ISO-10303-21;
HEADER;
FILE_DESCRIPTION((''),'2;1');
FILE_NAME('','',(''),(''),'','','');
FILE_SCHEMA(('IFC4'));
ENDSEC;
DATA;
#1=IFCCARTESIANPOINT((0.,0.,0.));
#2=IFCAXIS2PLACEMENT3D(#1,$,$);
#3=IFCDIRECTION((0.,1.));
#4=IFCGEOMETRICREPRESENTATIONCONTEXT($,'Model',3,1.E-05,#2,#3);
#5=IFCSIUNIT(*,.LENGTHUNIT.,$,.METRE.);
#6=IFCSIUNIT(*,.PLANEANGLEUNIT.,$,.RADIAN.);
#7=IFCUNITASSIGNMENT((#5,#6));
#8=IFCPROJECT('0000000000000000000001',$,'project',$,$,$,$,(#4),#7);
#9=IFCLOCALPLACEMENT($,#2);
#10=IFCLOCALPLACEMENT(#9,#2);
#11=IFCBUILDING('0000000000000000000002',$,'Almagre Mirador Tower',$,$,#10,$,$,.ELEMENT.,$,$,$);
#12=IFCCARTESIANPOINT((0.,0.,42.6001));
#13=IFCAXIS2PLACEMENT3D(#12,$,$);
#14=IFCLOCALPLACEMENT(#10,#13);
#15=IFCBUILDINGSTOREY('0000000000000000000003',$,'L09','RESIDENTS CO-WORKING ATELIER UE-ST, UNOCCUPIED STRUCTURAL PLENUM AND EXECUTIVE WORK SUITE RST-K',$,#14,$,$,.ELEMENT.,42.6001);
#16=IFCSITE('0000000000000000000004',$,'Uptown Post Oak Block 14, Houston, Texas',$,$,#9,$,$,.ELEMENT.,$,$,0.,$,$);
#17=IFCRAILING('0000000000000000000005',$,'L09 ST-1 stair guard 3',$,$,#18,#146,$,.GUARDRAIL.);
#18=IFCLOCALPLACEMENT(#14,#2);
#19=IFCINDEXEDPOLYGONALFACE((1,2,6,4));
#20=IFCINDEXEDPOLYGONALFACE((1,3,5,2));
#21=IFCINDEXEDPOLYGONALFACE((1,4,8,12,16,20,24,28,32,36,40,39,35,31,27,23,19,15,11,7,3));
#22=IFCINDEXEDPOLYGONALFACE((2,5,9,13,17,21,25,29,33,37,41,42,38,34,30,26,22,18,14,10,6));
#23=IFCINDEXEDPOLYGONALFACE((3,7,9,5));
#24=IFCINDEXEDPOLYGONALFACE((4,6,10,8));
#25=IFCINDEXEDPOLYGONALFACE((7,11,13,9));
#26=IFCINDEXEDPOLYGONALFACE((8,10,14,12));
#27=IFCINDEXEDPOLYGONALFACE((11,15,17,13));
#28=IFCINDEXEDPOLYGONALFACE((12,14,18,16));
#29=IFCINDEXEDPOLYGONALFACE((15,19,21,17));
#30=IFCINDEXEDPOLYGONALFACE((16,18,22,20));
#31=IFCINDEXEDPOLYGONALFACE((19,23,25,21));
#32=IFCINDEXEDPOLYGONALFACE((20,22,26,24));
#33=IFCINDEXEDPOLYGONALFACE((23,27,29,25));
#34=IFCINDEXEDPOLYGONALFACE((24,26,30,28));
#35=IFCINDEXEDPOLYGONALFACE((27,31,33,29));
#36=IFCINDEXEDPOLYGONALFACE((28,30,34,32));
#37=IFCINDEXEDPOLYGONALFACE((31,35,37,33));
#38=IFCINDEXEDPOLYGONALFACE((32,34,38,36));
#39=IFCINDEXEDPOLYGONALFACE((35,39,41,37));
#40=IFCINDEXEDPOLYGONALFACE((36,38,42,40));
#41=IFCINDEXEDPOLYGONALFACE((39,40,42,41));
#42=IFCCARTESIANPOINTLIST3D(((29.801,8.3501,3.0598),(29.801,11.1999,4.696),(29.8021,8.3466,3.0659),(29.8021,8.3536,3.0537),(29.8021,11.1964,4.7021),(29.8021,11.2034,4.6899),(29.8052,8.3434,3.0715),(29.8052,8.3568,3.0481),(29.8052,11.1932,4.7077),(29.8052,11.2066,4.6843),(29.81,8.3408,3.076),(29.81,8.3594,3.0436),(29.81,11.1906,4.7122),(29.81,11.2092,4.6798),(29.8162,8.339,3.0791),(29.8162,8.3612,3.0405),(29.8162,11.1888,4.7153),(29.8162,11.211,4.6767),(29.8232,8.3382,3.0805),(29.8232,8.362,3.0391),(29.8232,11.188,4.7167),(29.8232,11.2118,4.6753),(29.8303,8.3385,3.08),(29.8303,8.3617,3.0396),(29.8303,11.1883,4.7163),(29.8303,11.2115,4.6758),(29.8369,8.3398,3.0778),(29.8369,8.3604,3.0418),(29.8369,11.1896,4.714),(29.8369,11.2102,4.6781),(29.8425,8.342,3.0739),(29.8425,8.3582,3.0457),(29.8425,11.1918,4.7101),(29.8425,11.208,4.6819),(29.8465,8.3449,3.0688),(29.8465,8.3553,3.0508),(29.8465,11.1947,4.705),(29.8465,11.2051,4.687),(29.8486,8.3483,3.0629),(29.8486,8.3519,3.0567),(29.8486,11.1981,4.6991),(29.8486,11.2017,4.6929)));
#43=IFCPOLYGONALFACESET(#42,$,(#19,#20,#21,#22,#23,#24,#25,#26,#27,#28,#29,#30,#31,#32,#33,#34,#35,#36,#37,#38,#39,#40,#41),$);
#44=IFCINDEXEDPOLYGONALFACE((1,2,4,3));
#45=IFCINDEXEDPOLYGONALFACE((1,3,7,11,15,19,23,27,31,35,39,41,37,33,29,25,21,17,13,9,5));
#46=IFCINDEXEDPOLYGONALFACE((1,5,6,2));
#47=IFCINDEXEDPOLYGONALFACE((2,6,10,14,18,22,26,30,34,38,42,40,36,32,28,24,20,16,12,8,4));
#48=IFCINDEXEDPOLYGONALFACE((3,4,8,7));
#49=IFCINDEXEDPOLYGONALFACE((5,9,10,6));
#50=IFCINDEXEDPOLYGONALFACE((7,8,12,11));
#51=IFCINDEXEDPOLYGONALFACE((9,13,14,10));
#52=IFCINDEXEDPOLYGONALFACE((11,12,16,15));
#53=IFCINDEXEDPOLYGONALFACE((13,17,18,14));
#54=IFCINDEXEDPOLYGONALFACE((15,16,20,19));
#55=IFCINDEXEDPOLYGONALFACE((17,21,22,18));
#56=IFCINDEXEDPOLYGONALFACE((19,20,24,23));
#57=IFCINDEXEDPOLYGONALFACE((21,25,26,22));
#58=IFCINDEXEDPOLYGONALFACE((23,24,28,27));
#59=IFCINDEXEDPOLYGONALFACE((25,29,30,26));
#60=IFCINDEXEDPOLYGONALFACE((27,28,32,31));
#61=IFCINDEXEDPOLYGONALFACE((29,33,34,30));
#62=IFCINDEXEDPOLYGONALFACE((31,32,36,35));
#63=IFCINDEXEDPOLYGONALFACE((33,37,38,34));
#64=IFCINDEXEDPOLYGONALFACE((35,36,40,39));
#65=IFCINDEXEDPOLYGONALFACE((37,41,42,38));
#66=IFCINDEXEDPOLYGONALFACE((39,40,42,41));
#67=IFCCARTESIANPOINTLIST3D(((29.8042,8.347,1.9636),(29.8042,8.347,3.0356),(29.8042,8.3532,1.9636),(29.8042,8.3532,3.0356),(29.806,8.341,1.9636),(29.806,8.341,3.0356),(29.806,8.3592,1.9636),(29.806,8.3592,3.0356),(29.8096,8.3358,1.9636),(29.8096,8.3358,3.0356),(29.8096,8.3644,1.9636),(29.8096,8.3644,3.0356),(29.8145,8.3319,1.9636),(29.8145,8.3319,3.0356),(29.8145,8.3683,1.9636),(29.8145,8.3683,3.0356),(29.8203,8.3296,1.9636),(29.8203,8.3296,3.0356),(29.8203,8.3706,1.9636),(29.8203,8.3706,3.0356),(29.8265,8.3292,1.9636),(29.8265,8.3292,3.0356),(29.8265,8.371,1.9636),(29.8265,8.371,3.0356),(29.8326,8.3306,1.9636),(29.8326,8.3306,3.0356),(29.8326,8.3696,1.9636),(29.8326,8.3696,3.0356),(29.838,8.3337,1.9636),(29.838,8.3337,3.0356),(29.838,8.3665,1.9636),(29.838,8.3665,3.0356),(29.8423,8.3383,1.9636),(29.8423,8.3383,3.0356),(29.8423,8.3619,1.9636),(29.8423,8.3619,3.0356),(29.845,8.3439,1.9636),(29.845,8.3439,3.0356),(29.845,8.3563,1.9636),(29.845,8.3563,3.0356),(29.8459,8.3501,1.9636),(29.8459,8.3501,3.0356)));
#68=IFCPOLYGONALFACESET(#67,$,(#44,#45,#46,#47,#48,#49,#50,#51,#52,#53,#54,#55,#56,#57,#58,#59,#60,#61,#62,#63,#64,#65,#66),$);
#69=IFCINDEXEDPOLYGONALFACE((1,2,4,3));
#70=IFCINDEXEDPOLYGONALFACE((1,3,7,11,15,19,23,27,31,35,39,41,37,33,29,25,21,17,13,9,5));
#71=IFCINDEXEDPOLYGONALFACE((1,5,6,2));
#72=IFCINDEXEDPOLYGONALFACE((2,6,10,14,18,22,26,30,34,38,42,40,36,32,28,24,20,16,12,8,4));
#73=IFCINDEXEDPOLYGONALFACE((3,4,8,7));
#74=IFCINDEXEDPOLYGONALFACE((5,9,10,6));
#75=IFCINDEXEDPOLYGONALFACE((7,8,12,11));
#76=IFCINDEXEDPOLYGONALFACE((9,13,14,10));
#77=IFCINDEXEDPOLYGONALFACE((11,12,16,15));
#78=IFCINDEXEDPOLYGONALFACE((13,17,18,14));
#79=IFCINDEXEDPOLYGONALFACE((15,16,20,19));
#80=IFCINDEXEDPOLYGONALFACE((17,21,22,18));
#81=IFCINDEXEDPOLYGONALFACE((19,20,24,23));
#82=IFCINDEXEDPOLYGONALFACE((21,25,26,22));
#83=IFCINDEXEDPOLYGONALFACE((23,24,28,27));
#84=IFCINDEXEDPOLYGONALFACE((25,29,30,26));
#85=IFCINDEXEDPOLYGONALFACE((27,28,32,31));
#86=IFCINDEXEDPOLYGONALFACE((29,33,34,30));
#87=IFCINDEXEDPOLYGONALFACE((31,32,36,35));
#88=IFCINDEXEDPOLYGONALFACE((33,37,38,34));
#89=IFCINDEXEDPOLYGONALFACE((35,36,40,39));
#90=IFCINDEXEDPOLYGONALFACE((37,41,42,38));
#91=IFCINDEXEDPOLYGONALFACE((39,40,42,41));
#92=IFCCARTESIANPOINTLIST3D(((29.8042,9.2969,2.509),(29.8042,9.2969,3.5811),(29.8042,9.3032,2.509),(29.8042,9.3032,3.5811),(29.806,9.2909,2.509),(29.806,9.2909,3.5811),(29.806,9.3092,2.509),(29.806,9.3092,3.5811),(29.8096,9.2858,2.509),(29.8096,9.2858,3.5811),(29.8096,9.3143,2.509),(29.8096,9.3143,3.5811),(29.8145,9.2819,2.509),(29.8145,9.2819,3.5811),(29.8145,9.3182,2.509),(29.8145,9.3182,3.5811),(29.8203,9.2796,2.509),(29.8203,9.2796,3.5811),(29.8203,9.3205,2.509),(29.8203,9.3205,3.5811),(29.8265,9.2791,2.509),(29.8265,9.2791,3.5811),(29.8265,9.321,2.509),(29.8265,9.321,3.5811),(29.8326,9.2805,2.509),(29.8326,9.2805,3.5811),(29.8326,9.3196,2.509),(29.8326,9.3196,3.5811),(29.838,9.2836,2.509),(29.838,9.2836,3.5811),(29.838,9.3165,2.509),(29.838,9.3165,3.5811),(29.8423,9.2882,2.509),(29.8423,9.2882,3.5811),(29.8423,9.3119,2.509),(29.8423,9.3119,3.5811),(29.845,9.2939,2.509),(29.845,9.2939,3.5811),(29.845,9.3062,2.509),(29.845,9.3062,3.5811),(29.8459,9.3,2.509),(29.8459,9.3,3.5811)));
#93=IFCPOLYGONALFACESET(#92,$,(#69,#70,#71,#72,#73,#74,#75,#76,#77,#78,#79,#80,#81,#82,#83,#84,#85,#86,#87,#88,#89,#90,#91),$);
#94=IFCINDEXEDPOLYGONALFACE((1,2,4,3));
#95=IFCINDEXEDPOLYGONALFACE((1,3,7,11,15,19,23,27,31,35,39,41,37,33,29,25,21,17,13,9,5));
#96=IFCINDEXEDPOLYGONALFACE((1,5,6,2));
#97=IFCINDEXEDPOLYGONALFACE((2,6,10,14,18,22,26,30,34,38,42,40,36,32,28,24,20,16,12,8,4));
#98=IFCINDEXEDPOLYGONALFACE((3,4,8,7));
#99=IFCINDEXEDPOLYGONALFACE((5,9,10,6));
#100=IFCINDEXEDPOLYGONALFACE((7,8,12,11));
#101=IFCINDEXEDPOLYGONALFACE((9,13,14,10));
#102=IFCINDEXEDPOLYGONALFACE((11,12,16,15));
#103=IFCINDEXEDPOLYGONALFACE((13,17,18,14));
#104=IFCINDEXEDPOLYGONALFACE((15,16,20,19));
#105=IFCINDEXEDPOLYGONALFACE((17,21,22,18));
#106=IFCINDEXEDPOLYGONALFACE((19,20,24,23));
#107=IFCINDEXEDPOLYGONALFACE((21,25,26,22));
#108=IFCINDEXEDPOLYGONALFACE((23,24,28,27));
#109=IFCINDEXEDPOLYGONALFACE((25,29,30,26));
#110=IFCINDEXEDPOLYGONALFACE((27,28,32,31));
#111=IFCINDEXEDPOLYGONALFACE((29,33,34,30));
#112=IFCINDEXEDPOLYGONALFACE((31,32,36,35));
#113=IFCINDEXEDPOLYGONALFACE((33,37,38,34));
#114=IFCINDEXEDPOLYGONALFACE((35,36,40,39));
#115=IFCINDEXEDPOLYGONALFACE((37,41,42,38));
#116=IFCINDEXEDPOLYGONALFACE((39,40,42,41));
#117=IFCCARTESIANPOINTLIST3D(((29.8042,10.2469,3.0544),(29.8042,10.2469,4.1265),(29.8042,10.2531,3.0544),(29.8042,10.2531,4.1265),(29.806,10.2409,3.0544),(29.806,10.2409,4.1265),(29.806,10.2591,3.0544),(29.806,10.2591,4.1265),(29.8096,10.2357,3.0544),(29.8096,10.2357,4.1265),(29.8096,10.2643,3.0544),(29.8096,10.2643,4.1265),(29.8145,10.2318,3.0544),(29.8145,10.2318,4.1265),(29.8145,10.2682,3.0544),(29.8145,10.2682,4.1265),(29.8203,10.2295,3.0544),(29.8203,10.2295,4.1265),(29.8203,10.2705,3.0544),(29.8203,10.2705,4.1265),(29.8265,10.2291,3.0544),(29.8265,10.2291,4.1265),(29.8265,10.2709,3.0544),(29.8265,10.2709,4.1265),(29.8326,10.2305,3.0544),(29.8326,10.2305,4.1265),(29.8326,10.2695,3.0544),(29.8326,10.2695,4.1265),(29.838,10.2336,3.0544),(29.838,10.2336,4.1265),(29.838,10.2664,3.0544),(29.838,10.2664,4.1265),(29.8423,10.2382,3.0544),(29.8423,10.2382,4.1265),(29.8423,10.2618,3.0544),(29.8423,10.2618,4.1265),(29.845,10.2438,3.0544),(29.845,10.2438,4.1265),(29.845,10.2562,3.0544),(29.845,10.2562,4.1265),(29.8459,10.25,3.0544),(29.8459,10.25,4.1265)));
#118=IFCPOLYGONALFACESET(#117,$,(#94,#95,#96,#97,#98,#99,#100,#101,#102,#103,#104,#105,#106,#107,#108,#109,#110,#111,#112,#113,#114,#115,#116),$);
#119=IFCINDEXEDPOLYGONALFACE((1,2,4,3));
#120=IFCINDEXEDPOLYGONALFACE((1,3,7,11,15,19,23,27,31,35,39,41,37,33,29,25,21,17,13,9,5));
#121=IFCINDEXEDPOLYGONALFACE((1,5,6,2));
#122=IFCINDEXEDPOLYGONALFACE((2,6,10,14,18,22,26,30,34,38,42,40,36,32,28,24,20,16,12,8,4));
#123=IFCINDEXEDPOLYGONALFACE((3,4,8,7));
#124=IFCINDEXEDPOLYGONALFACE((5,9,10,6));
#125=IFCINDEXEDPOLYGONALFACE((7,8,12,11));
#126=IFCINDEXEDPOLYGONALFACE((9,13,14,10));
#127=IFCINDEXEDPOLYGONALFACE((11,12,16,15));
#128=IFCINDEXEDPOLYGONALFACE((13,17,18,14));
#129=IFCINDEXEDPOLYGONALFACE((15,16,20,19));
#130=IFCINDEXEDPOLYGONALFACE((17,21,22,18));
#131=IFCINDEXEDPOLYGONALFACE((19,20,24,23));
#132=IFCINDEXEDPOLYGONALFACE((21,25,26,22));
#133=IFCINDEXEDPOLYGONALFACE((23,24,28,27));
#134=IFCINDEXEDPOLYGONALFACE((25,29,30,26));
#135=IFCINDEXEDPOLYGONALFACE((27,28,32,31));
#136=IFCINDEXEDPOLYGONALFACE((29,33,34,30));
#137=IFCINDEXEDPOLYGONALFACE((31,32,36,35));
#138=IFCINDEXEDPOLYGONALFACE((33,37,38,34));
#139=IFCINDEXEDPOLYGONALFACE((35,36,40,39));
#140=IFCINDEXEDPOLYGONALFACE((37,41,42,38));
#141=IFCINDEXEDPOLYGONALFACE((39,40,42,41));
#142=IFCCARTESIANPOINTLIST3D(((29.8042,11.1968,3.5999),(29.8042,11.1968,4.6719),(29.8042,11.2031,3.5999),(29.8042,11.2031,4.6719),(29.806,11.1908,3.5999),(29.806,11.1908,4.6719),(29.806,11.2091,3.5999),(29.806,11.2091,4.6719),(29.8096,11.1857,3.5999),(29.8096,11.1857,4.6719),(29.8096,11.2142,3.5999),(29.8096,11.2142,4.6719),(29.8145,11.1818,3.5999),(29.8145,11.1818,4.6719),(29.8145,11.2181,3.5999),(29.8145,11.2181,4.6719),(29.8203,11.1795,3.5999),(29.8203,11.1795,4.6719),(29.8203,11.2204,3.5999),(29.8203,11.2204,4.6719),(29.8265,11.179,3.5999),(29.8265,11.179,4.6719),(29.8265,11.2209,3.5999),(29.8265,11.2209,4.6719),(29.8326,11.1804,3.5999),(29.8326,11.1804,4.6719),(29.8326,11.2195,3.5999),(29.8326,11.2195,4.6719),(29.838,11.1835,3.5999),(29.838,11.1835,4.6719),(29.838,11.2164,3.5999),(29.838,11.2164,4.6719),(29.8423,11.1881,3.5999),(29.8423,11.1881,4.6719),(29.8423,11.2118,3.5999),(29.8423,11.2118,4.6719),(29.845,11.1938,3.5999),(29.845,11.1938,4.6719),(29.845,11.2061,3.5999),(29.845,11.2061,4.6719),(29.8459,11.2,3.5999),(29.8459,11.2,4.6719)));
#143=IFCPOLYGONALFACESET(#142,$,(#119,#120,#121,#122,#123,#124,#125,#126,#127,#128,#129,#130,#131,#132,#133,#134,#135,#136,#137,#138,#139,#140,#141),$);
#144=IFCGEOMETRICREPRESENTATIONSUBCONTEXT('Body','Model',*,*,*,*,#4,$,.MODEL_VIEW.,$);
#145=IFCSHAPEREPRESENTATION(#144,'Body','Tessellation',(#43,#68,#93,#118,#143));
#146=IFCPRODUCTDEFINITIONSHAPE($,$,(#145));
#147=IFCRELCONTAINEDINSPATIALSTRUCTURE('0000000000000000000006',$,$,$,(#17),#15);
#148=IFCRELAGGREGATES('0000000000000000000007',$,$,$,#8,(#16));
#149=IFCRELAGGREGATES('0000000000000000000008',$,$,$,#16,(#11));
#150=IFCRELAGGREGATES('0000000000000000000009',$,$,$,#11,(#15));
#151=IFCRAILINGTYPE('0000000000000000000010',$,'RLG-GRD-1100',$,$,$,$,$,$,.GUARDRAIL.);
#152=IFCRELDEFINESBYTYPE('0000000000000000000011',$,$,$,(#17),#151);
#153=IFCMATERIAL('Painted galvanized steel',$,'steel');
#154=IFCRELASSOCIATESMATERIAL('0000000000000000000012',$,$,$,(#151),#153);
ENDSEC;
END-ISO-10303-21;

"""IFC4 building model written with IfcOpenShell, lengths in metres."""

from ifc_helpers import new_model, si_unit, direction, frame, origin, origin_2d, place, context, subcontext, project, spatial, circle, extrude, material, type_object, element, save


model = new_model("IFC4")

# Units and contexts
model_context = context("Model", 3, precision=1e-05, world=origin(), true_north=direction((0.0, 1.0)))
body_context = subcontext(model_context, "Body", "Model", "MODEL_VIEW")
ifc_project = project(units=[si_unit("LENGTHUNIT", "METRE"), si_unit("PLANEANGLEUNIT", "RADIAN")], contexts=[model_context])

# Site, building, storey
site_placement = place(None, origin())
site = spatial("IfcSite", under=ifc_project, at=site_placement, Name="Uptown Post Oak Block 14, Houston, Texas", CompositionType="ELEMENT", RefElevation=0.0)
building_placement = place(site_placement, origin())
building = spatial("IfcBuilding", under=site, at=building_placement, Name="Almagre Mirador Tower", CompositionType="ELEMENT")
storey_placement = place(building_placement, frame((0.0, 0.0, 42.6001)))
storey = spatial("IfcBuildingStorey", under=building, at=storey_placement, Name="L09", Description="RESIDENTS CO-WORKING ATELIER UE-ST, UNOCCUPIED STRUCTURAL PLENUM AND EXECUTIVE WORK SUITE RST-K", CompositionType="ELEMENT", Elevation=42.6001)

# Railing
ifc_material_1 = material(Name="Painted galvanized steel", Category="steel")
railing_type_1 = type_object("IfcRailingType", Name="RLG-GRD-1100", PredefinedType="GUARDRAIL", material=ifc_material_1)
railing_1_placement = place(storey_placement, frame((29.825, 8.3501, 1.9636)))
element("IfcRailing", 1, at=railing_1_placement, inside=storey, type_object=railing_type_1, Name="L09 ST-1 stair guard 3", PredefinedType="GUARDRAIL", context=body_context, shape_type="SweptSolid", body=[
    extrude(circle(Radius=0.0239, at=origin_2d()), frame((0.0, 0.0, 1.0962), z_axis=(0.0, 0.867226, 0.497914), x_axis=(-1.0, 0.0, 0.0)), (0.0, 0.0, 1.0), 3.2861),
    extrude(circle(Radius=0.021, at=origin_2d()), origin(), (0.0, 0.0, 1.0), 1.072),
    extrude(circle(Radius=0.021, at=origin_2d()), frame((0.0, 0.95, 0.5454)), (0.0, 0.0, 1.0), 1.072),
    extrude(circle(Radius=0.021, at=origin_2d()), frame((0.0, 1.8999, 1.0908)), (0.0, 0.0, 1.0), 1.072),
    extrude(circle(Radius=0.021, at=origin_2d()), frame((0.0, 2.8499, 1.6362)), (0.0, 0.0, 1.0), 1.072),
])

save(model, "model.ifc")
